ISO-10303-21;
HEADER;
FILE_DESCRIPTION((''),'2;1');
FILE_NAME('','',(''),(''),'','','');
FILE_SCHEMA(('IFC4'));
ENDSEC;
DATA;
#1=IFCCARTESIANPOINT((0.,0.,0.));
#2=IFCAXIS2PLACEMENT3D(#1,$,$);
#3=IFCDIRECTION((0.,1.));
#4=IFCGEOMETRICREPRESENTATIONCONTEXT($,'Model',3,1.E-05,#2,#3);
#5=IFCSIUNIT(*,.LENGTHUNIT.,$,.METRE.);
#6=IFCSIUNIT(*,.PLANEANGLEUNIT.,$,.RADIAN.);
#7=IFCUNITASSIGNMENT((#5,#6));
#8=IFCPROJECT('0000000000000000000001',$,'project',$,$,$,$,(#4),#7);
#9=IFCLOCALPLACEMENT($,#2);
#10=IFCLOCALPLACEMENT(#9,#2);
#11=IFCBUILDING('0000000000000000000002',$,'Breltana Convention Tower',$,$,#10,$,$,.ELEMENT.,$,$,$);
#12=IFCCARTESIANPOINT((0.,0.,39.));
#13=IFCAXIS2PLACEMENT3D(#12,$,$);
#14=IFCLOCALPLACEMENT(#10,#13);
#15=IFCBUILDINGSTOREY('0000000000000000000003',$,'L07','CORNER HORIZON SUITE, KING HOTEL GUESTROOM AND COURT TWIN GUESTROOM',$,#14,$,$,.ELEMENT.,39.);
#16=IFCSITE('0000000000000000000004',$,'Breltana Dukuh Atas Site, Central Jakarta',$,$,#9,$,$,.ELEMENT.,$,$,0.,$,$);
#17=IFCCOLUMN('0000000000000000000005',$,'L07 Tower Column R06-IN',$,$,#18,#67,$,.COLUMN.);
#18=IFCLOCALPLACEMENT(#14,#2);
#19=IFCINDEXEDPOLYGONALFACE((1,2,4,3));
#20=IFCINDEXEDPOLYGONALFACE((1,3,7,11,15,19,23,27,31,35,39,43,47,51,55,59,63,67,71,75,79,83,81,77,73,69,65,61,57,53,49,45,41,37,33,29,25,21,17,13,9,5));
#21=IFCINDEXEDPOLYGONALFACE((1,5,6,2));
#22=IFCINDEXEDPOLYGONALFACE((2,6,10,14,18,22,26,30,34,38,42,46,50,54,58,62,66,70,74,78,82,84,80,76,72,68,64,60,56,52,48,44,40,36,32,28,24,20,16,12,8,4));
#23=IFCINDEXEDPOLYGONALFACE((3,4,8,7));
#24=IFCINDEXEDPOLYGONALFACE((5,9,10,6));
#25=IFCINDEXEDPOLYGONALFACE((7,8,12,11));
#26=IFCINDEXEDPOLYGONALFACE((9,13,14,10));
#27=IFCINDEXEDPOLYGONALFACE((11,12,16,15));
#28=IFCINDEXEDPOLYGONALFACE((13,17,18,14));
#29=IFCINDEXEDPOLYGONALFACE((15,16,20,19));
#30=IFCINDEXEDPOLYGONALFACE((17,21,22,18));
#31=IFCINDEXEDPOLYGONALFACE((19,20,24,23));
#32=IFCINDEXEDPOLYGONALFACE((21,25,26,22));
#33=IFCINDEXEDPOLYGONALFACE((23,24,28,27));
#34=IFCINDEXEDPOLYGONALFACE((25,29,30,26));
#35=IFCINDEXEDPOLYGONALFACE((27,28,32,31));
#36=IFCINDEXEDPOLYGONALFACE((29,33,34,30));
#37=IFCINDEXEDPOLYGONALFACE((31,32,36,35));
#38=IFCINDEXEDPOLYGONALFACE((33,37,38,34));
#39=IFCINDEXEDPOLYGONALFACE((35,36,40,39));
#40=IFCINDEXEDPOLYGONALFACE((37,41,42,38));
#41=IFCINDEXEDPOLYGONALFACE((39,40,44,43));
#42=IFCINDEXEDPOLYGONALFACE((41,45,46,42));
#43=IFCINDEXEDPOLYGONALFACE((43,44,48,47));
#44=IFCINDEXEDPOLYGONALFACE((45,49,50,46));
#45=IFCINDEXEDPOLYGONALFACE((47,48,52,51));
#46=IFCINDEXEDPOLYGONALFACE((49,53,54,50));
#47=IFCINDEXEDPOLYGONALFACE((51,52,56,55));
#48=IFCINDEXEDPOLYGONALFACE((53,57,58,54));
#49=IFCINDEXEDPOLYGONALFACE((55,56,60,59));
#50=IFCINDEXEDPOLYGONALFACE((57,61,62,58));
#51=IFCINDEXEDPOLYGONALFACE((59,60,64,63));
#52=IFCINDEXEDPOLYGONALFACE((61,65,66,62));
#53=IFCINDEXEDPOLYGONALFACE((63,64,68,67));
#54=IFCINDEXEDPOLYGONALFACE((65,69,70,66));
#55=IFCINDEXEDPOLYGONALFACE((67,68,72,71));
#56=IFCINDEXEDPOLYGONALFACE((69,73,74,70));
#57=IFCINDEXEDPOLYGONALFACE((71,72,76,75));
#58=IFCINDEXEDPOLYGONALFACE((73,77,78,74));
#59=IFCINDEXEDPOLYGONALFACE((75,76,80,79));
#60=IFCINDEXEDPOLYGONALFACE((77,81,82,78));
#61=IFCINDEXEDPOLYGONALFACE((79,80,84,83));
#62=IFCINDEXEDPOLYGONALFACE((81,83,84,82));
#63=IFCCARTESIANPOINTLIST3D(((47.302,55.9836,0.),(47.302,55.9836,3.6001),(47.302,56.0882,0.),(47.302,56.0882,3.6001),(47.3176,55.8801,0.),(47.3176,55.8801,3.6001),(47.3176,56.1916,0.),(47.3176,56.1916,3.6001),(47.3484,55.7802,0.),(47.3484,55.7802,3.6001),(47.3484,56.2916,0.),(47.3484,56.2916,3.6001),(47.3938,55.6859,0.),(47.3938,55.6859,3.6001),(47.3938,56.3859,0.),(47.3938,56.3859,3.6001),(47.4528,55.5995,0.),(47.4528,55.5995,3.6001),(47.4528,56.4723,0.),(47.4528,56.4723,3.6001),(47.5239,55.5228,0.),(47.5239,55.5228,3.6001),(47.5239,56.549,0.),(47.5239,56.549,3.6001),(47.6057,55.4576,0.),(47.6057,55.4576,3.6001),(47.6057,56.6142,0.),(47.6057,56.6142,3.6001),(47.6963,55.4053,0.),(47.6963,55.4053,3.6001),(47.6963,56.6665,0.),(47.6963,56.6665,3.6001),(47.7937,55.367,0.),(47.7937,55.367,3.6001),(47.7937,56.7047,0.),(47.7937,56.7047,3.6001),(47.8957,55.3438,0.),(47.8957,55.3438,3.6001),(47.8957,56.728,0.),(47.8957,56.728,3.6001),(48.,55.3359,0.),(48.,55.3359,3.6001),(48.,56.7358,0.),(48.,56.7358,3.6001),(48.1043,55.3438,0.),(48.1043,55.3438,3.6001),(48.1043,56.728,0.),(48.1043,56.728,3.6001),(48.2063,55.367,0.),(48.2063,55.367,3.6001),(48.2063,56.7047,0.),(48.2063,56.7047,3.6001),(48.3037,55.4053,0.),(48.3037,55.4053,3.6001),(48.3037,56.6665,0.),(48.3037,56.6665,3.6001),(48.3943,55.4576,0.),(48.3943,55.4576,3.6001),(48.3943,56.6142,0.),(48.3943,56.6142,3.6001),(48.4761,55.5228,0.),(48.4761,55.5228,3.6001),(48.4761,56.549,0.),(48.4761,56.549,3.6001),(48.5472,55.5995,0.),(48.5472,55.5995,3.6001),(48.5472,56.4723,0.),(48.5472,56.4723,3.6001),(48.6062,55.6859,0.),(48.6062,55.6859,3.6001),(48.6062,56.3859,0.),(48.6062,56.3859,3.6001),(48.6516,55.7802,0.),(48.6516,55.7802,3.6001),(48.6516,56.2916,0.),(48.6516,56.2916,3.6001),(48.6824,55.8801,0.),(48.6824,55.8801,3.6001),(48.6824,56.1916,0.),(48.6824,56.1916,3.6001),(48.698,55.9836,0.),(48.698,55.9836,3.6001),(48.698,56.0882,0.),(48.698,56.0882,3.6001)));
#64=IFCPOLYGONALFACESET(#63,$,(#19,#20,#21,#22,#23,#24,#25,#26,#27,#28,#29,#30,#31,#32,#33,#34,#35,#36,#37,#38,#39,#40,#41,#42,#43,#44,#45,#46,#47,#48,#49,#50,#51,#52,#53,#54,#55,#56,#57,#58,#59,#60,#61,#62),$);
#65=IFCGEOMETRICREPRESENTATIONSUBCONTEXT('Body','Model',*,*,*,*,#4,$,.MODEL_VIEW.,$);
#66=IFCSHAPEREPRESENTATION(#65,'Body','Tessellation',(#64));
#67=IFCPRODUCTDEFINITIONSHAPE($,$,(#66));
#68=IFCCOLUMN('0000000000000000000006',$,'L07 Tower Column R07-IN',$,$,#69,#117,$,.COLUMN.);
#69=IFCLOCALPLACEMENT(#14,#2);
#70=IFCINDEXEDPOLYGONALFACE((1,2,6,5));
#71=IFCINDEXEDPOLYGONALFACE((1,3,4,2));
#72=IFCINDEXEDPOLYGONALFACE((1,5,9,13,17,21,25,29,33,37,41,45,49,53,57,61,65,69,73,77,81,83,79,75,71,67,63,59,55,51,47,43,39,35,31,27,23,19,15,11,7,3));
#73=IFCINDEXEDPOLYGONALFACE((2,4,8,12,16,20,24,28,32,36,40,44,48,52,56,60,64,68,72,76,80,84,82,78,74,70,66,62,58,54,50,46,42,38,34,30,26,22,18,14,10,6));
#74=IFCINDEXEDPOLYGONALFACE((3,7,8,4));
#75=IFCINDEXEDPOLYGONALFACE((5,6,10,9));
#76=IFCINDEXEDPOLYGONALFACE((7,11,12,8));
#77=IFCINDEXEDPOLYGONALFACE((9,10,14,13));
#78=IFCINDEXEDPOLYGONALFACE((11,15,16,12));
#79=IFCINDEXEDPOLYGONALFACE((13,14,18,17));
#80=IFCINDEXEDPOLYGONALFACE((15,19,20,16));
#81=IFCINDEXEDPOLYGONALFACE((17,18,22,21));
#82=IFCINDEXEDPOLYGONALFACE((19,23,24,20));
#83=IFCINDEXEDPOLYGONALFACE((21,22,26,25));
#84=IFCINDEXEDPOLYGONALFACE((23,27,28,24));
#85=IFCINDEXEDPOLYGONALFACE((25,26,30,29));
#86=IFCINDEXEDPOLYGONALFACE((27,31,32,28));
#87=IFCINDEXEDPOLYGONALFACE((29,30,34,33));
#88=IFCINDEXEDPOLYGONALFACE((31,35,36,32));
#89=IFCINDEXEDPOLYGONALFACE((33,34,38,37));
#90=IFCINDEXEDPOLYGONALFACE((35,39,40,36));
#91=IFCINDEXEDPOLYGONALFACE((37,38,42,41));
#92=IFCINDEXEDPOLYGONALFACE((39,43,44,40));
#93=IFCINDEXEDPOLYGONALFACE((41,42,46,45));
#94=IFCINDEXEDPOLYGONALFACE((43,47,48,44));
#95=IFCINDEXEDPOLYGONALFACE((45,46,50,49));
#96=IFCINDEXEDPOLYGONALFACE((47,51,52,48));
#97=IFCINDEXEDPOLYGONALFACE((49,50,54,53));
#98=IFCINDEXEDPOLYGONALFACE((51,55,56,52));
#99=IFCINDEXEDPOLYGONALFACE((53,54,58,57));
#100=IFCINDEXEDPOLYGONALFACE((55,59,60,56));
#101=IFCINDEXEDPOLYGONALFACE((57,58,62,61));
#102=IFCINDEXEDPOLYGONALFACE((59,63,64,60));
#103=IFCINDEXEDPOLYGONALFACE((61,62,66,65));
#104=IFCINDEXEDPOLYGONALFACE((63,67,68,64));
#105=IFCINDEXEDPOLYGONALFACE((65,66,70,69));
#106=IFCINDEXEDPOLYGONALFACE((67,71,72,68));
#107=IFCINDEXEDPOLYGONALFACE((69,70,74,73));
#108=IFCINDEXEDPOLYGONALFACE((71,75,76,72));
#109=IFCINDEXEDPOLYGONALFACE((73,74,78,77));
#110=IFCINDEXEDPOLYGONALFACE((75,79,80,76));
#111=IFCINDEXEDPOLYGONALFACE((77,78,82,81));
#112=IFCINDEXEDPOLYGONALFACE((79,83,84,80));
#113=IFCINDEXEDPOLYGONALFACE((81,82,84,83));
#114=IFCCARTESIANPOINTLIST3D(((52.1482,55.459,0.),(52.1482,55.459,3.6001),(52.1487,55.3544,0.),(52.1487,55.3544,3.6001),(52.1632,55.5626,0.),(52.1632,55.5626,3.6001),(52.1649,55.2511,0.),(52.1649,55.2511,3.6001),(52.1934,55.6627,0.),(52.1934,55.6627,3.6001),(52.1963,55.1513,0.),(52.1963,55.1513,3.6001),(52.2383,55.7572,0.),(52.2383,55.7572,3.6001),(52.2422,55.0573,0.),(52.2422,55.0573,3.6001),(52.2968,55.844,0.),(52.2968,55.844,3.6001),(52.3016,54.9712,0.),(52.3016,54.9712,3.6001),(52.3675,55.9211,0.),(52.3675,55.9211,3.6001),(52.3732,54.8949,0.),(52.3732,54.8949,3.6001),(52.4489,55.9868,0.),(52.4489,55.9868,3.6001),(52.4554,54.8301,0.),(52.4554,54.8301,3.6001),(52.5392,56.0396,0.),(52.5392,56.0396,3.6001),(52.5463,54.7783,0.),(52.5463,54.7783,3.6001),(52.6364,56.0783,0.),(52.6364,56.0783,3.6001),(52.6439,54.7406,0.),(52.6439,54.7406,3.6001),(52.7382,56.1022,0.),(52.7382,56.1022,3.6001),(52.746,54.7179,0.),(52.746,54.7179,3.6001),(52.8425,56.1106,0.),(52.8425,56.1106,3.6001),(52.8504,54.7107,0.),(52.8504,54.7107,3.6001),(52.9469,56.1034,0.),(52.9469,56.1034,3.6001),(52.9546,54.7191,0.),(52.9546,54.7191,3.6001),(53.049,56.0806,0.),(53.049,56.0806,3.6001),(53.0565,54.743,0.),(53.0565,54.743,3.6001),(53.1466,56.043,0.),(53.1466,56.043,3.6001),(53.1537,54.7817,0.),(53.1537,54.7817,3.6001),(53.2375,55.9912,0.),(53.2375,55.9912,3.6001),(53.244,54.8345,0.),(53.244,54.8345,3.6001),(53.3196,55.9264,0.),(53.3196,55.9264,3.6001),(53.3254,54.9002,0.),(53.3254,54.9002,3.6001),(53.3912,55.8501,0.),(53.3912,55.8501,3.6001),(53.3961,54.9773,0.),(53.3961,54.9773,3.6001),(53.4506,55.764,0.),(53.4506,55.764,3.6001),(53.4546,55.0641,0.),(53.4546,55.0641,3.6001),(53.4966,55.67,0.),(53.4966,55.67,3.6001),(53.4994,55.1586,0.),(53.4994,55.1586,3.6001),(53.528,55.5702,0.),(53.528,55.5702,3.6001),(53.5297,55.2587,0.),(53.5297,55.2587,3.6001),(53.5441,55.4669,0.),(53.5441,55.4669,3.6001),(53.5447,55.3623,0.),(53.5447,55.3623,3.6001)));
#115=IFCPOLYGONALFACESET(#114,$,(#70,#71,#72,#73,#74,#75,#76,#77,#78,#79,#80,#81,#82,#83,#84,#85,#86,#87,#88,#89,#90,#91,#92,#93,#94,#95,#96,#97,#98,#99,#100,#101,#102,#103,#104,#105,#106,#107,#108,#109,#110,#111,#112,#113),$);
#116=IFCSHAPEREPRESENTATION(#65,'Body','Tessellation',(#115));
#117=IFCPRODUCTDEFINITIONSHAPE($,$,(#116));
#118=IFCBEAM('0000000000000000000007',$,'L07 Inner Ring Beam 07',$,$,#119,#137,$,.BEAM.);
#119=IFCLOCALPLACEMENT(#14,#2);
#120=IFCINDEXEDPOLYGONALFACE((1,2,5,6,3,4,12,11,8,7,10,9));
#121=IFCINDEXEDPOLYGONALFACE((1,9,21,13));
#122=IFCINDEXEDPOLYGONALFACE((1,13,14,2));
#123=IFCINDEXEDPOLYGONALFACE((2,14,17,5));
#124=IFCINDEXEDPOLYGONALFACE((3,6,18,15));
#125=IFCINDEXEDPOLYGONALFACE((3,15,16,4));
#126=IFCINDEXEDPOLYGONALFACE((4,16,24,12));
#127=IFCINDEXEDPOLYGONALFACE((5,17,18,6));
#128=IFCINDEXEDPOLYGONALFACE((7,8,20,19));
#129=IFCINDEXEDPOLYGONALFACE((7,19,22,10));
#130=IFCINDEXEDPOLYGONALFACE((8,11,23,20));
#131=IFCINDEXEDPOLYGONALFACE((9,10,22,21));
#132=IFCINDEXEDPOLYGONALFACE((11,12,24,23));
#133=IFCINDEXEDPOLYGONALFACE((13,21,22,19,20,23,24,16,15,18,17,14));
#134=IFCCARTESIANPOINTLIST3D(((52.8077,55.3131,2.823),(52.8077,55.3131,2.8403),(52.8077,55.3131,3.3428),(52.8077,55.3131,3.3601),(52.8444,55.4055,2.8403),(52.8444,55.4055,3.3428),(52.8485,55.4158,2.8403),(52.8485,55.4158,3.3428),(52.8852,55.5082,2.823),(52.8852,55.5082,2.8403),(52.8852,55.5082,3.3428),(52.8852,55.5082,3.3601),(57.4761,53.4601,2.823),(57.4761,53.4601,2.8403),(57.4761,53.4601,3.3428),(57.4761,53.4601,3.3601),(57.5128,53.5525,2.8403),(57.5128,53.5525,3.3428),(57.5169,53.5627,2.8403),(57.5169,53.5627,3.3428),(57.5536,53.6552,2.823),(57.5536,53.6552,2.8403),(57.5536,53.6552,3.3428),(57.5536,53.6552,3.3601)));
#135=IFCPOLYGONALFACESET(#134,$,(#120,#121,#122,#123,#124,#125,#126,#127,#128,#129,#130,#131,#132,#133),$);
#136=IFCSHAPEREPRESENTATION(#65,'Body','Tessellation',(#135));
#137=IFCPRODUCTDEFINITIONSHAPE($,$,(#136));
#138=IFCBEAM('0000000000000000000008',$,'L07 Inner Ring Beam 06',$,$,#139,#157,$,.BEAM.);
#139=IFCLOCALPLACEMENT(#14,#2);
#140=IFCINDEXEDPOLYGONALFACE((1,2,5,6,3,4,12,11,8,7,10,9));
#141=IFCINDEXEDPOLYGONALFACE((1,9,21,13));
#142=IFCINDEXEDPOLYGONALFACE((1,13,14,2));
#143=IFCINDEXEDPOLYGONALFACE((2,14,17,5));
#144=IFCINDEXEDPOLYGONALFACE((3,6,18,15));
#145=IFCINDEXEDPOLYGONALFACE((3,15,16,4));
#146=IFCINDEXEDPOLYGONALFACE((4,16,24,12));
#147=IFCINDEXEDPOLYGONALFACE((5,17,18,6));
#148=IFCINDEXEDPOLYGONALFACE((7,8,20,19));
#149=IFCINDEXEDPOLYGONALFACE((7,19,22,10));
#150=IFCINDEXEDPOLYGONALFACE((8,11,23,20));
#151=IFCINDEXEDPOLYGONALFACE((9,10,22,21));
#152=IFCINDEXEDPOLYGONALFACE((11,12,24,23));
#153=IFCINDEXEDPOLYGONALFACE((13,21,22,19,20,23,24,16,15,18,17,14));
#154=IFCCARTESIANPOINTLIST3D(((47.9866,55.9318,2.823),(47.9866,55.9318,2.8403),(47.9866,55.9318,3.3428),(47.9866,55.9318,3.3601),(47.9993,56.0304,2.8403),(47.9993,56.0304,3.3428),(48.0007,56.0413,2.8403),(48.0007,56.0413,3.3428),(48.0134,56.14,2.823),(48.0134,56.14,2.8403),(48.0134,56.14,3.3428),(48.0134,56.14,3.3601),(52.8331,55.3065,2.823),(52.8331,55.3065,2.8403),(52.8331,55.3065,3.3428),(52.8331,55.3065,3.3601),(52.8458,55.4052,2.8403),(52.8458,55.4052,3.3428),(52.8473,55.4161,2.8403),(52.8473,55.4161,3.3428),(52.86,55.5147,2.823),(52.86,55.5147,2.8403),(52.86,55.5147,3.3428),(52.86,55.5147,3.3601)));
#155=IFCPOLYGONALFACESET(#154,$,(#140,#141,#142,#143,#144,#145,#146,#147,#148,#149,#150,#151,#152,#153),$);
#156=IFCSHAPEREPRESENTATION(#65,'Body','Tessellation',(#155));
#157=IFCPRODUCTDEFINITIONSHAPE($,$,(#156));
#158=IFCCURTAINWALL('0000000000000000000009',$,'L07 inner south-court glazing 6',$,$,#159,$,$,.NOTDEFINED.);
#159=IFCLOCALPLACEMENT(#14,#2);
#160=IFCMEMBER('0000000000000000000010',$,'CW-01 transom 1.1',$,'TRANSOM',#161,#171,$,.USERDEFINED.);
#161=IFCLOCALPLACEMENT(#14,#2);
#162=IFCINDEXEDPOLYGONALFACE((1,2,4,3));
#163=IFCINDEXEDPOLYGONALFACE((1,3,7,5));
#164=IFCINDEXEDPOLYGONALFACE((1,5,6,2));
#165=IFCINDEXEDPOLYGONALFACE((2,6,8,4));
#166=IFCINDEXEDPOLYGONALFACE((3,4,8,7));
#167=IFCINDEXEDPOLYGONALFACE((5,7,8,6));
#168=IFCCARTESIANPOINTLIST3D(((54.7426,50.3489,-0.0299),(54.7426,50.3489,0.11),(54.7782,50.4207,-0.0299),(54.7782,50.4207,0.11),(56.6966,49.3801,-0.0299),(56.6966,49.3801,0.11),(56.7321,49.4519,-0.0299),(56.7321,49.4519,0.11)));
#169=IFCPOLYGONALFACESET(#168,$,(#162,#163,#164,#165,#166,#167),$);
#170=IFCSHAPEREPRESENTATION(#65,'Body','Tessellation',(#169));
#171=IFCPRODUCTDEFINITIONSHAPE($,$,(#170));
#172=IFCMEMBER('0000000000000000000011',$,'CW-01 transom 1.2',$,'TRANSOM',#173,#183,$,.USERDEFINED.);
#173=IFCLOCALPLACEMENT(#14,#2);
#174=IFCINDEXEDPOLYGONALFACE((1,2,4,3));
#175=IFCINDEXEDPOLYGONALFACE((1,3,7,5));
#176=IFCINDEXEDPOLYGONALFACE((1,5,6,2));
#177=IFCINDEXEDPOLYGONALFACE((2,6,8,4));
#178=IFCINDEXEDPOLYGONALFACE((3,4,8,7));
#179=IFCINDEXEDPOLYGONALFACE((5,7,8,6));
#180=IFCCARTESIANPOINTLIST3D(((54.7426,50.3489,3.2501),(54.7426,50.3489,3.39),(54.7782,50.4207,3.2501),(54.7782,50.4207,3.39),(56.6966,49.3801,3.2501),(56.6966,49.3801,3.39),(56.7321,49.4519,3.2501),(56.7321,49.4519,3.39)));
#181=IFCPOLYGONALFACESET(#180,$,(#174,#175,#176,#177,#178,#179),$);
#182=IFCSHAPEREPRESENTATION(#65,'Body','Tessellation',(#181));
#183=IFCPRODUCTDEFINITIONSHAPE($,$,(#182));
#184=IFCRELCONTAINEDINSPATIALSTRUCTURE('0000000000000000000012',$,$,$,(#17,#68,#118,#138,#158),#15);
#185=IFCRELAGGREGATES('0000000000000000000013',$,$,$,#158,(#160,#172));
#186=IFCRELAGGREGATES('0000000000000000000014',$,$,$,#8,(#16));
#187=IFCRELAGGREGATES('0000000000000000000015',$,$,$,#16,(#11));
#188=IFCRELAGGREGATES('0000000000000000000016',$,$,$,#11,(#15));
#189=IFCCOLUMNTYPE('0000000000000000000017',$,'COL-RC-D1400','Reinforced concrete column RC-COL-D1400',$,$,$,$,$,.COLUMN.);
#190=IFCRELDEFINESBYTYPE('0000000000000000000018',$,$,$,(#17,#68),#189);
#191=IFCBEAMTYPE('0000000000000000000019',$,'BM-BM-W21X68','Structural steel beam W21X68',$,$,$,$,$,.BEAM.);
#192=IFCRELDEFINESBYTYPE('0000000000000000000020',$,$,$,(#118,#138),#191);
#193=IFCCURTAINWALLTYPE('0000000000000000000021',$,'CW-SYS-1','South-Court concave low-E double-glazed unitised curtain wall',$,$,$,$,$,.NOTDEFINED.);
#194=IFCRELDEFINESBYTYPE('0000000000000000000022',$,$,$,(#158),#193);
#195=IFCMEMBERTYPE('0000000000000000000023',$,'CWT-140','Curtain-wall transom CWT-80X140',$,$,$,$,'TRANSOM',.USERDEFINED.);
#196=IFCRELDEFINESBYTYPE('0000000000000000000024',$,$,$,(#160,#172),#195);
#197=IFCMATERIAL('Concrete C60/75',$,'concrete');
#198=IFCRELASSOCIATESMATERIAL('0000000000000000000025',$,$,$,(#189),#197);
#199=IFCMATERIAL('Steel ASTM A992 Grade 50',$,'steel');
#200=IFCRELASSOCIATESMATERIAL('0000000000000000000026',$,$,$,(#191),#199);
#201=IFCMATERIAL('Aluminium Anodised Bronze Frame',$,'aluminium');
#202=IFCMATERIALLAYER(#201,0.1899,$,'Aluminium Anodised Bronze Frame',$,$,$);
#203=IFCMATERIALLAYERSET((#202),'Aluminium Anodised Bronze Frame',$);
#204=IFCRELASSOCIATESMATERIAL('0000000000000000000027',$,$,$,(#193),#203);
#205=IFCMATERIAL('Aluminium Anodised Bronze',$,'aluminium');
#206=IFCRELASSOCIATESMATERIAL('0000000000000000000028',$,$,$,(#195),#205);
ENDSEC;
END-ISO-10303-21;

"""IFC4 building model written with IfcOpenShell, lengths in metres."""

from ifc_helpers import new_model, si_unit, direction, frame, origin, origin_2d, place, context, subcontext, project, spatial, rectangle, circle, i_section, extrude, source, transform, mapped, material, layer, layer_set, material_profile, profile_set, type_object, element, aggregate, save


model = new_model("IFC4")

# Units and contexts
model_context = context("Model", 3, precision=1e-05, world=origin(), true_north=direction((0.0, 1.0)))
body_context = subcontext(model_context, "Body", "Model", "MODEL_VIEW")
ifc_project = project(units=[si_unit("LENGTHUNIT", "METRE"), si_unit("PLANEANGLEUNIT", "RADIAN")], contexts=[model_context])

# Site, building, storey
site_placement = place(None, origin())
site = spatial("IfcSite", under=ifc_project, at=site_placement, Name="Breltana Dukuh Atas Site, Central Jakarta", CompositionType="ELEMENT", RefElevation=0.0)
building_placement = place(site_placement, origin())
building = spatial("IfcBuilding", under=site, at=building_placement, Name="Breltana Convention Tower", CompositionType="ELEMENT")
storey_placement = place(building_placement, frame((0.0, 0.0, 39.0)))
storey = spatial("IfcBuildingStorey", under=building, at=storey_placement, Name="L07", Description="CORNER HORIZON SUITE, KING HOTEL GUESTROOM AND COURT TWIN GUESTROOM", CompositionType="ELEMENT", Elevation=39.0)

# Columns
ifc_material_1 = material(Name="Concrete C60/75", Category="concrete")
ifc_material_profile_1 = material_profile(ifc_material_1, circle(Radius=0.7, at=origin_2d()), Name="RC-COL-D1400")
ifc_profile_set_1 = profile_set([ifc_material_profile_1], Name="Concrete C60/75")
column_type = type_object("IfcColumnType", Name="COL-RC-D1400", Description="Reinforced concrete column RC-COL-D1400", PredefinedType="COLUMN", material=ifc_profile_set_1)
shared_shape_1 = source(origin(), body_context, "Body", "SweptSolid", [
    extrude(circle(Radius=0.7, at=origin_2d()), origin(), (0.0, 0.0, 1.0), 3.6001),
])
for number, where, z_axis, x_axis, name in (
    (1, (48.0, 56.0359, 0.0), (0.0, 0.0, 1.0), (0.0, 1.0, 0.0), "L07 Tower Column R06-IN"),
    (2, (52.8464, 55.4106, 0.0), (0.0, 0.0, 1.0), (0.143493, 0.989651, 0.0), "L07 Tower Column R07-IN"),
):
    element("IfcColumn", number, at=place(storey_placement, frame(where, z_axis=z_axis, x_axis=x_axis)), inside=storey, type_object=column_type, Name=name, PredefinedType="COLUMN", context=body_context, shape_type="MappedRepresentation", body=[
        mapped(shared_shape_1, transform((0.0, 0.0, 0.0), scale=1.0)),
    ])

# Beams
ifc_material_2 = material(Name="Steel ASTM A992 Grade 50", Category="steel")
ifc_material_profile_2 = material_profile(ifc_material_2, i_section(OverallWidth=0.21, OverallDepth=0.5371, WebThickness=0.011, FlangeThickness=0.0173, at=origin_2d()), Name="W21X68")
ifc_profile_set_2 = profile_set([ifc_material_profile_2], Name="Steel ASTM A992 Grade 50")
beam_type = type_object("IfcBeamType", Name="BM-BM-W21X68", Description="Structural steel beam W21X68", PredefinedType="BEAM", material=ifc_profile_set_2)
shared_shape_2 = source(origin(), body_context, "Body", "SweptSolid", [
    extrude(i_section(OverallWidth=0.21, OverallDepth=0.5371, WebThickness=0.011, FlangeThickness=0.0173, at=origin_2d()), origin(), (0.0, 0.0, 1.0), 5.0227),
])
beam_1_placement = place(storey_placement, frame((52.8464, 55.4106, 3.0916), z_axis=(0.929459, -0.368926, 0.0), x_axis=(0.368926, 0.929459, 0.0)))
element("IfcBeam", 3, at=beam_1_placement, inside=storey, type_object=beam_type, Name="L07 Inner Ring Beam 07", PredefinedType="BEAM", context=body_context, shape_type="MappedRepresentation", body=[
    mapped(shared_shape_2, transform((0.0, 0.0, 0.0), scale=1.0)),
])
shared_shape_3 = source(origin(), body_context, "Body", "SweptSolid", [
    extrude(i_section(OverallWidth=0.21, OverallDepth=0.5371, WebThickness=0.011, FlangeThickness=0.0173, at=origin_2d()), origin(), (0.0, 0.0, 1.0), 4.8867),
])
beam_2_placement = place(storey_placement, frame((48.0, 56.0359, 3.0916), z_axis=(0.991781, -0.127951, 0.0), x_axis=(0.127951, 0.991781, 0.0)))
element("IfcBeam", 4, at=beam_2_placement, inside=storey, type_object=beam_type, Name="L07 Inner Ring Beam 06", PredefinedType="BEAM", context=body_context, shape_type="MappedRepresentation", body=[
    mapped(shared_shape_3, transform((0.0, 0.0, 0.0), scale=1.0)),
])

# Curtain wall, members
ifc_material_3 = material(Name="Aluminium Anodised Bronze Frame", Category="aluminium")
ifc_layer_1 = layer(ifc_material_3, 0.1899, Name="Aluminium Anodised Bronze Frame")
ifc_layer_set_1 = layer_set([ifc_layer_1], Name="Aluminium Anodised Bronze Frame")
curtain_wall_type = type_object("IfcCurtainWallType", Name="CW-SYS-1", Description="South-Court concave low-E double-glazed unitised curtain wall", PredefinedType="NOTDEFINED", material=ifc_layer_set_1)
curtain_wall_1_placement = place(storey_placement, origin())
curtain_wall_1 = element("IfcCurtainWall", 5, at=curtain_wall_1_placement, inside=storey, type_object=curtain_wall_type, Name="L07 inner south-court glazing 6", PredefinedType="NOTDEFINED")
ifc_material_4 = material(Name="Aluminium Anodised Bronze", Category="aluminium")
ifc_material_profile_3 = material_profile(ifc_material_4, rectangle(XDim=0.0801, YDim=0.1399, at=origin_2d()), Name="CWT-80X140")
ifc_profile_set_3 = profile_set([ifc_material_profile_3], Name="Aluminium Anodised Bronze")
member_type_1 = type_object("IfcMemberType", Name="CWT-140", Description="Curtain-wall transom CWT-80X140", ElementType="TRANSOM", PredefinedType="USERDEFINED", material=ifc_profile_set_3)
shared_shape_4 = source(origin(), body_context, "Body", "SweptSolid", [
    extrude(rectangle(XDim=0.0801, YDim=0.1399, at=origin_2d()), origin(), (0.0, 0.0, 1.0), 2.1809),
])
member_1_placement = place(storey_placement, frame((56.7144, 49.416, 0.04), z_axis=(-0.895922, 0.444211, 0.0), x_axis=(-0.444211, -0.895922, 0.0)))
member_1 = element("IfcMember", 6, at=member_1_placement, type_object=member_type_1, Name="CW-01 transom 1.1", ObjectType="TRANSOM", PredefinedType="USERDEFINED", context=body_context, shape_type="MappedRepresentation", body=[
    mapped(shared_shape_4, transform((0.0, 0.0, 0.0), scale=1.0)),
])
member_2_placement = place(storey_placement, frame((56.7144, 49.416, 3.3201), z_axis=(-0.895922, 0.444211, 0.0), x_axis=(-0.444211, -0.895922, 0.0)))
member_2 = element("IfcMember", 7, at=member_2_placement, type_object=member_type_1, Name="CW-01 transom 1.2", ObjectType="TRANSOM", PredefinedType="USERDEFINED", context=body_context, shape_type="MappedRepresentation", body=[
    mapped(shared_shape_4, transform((0.0, 0.0, 0.0), scale=1.0)),
])

aggregate(curtain_wall_1, [member_1, member_2])

save(model, "model.ifc")
